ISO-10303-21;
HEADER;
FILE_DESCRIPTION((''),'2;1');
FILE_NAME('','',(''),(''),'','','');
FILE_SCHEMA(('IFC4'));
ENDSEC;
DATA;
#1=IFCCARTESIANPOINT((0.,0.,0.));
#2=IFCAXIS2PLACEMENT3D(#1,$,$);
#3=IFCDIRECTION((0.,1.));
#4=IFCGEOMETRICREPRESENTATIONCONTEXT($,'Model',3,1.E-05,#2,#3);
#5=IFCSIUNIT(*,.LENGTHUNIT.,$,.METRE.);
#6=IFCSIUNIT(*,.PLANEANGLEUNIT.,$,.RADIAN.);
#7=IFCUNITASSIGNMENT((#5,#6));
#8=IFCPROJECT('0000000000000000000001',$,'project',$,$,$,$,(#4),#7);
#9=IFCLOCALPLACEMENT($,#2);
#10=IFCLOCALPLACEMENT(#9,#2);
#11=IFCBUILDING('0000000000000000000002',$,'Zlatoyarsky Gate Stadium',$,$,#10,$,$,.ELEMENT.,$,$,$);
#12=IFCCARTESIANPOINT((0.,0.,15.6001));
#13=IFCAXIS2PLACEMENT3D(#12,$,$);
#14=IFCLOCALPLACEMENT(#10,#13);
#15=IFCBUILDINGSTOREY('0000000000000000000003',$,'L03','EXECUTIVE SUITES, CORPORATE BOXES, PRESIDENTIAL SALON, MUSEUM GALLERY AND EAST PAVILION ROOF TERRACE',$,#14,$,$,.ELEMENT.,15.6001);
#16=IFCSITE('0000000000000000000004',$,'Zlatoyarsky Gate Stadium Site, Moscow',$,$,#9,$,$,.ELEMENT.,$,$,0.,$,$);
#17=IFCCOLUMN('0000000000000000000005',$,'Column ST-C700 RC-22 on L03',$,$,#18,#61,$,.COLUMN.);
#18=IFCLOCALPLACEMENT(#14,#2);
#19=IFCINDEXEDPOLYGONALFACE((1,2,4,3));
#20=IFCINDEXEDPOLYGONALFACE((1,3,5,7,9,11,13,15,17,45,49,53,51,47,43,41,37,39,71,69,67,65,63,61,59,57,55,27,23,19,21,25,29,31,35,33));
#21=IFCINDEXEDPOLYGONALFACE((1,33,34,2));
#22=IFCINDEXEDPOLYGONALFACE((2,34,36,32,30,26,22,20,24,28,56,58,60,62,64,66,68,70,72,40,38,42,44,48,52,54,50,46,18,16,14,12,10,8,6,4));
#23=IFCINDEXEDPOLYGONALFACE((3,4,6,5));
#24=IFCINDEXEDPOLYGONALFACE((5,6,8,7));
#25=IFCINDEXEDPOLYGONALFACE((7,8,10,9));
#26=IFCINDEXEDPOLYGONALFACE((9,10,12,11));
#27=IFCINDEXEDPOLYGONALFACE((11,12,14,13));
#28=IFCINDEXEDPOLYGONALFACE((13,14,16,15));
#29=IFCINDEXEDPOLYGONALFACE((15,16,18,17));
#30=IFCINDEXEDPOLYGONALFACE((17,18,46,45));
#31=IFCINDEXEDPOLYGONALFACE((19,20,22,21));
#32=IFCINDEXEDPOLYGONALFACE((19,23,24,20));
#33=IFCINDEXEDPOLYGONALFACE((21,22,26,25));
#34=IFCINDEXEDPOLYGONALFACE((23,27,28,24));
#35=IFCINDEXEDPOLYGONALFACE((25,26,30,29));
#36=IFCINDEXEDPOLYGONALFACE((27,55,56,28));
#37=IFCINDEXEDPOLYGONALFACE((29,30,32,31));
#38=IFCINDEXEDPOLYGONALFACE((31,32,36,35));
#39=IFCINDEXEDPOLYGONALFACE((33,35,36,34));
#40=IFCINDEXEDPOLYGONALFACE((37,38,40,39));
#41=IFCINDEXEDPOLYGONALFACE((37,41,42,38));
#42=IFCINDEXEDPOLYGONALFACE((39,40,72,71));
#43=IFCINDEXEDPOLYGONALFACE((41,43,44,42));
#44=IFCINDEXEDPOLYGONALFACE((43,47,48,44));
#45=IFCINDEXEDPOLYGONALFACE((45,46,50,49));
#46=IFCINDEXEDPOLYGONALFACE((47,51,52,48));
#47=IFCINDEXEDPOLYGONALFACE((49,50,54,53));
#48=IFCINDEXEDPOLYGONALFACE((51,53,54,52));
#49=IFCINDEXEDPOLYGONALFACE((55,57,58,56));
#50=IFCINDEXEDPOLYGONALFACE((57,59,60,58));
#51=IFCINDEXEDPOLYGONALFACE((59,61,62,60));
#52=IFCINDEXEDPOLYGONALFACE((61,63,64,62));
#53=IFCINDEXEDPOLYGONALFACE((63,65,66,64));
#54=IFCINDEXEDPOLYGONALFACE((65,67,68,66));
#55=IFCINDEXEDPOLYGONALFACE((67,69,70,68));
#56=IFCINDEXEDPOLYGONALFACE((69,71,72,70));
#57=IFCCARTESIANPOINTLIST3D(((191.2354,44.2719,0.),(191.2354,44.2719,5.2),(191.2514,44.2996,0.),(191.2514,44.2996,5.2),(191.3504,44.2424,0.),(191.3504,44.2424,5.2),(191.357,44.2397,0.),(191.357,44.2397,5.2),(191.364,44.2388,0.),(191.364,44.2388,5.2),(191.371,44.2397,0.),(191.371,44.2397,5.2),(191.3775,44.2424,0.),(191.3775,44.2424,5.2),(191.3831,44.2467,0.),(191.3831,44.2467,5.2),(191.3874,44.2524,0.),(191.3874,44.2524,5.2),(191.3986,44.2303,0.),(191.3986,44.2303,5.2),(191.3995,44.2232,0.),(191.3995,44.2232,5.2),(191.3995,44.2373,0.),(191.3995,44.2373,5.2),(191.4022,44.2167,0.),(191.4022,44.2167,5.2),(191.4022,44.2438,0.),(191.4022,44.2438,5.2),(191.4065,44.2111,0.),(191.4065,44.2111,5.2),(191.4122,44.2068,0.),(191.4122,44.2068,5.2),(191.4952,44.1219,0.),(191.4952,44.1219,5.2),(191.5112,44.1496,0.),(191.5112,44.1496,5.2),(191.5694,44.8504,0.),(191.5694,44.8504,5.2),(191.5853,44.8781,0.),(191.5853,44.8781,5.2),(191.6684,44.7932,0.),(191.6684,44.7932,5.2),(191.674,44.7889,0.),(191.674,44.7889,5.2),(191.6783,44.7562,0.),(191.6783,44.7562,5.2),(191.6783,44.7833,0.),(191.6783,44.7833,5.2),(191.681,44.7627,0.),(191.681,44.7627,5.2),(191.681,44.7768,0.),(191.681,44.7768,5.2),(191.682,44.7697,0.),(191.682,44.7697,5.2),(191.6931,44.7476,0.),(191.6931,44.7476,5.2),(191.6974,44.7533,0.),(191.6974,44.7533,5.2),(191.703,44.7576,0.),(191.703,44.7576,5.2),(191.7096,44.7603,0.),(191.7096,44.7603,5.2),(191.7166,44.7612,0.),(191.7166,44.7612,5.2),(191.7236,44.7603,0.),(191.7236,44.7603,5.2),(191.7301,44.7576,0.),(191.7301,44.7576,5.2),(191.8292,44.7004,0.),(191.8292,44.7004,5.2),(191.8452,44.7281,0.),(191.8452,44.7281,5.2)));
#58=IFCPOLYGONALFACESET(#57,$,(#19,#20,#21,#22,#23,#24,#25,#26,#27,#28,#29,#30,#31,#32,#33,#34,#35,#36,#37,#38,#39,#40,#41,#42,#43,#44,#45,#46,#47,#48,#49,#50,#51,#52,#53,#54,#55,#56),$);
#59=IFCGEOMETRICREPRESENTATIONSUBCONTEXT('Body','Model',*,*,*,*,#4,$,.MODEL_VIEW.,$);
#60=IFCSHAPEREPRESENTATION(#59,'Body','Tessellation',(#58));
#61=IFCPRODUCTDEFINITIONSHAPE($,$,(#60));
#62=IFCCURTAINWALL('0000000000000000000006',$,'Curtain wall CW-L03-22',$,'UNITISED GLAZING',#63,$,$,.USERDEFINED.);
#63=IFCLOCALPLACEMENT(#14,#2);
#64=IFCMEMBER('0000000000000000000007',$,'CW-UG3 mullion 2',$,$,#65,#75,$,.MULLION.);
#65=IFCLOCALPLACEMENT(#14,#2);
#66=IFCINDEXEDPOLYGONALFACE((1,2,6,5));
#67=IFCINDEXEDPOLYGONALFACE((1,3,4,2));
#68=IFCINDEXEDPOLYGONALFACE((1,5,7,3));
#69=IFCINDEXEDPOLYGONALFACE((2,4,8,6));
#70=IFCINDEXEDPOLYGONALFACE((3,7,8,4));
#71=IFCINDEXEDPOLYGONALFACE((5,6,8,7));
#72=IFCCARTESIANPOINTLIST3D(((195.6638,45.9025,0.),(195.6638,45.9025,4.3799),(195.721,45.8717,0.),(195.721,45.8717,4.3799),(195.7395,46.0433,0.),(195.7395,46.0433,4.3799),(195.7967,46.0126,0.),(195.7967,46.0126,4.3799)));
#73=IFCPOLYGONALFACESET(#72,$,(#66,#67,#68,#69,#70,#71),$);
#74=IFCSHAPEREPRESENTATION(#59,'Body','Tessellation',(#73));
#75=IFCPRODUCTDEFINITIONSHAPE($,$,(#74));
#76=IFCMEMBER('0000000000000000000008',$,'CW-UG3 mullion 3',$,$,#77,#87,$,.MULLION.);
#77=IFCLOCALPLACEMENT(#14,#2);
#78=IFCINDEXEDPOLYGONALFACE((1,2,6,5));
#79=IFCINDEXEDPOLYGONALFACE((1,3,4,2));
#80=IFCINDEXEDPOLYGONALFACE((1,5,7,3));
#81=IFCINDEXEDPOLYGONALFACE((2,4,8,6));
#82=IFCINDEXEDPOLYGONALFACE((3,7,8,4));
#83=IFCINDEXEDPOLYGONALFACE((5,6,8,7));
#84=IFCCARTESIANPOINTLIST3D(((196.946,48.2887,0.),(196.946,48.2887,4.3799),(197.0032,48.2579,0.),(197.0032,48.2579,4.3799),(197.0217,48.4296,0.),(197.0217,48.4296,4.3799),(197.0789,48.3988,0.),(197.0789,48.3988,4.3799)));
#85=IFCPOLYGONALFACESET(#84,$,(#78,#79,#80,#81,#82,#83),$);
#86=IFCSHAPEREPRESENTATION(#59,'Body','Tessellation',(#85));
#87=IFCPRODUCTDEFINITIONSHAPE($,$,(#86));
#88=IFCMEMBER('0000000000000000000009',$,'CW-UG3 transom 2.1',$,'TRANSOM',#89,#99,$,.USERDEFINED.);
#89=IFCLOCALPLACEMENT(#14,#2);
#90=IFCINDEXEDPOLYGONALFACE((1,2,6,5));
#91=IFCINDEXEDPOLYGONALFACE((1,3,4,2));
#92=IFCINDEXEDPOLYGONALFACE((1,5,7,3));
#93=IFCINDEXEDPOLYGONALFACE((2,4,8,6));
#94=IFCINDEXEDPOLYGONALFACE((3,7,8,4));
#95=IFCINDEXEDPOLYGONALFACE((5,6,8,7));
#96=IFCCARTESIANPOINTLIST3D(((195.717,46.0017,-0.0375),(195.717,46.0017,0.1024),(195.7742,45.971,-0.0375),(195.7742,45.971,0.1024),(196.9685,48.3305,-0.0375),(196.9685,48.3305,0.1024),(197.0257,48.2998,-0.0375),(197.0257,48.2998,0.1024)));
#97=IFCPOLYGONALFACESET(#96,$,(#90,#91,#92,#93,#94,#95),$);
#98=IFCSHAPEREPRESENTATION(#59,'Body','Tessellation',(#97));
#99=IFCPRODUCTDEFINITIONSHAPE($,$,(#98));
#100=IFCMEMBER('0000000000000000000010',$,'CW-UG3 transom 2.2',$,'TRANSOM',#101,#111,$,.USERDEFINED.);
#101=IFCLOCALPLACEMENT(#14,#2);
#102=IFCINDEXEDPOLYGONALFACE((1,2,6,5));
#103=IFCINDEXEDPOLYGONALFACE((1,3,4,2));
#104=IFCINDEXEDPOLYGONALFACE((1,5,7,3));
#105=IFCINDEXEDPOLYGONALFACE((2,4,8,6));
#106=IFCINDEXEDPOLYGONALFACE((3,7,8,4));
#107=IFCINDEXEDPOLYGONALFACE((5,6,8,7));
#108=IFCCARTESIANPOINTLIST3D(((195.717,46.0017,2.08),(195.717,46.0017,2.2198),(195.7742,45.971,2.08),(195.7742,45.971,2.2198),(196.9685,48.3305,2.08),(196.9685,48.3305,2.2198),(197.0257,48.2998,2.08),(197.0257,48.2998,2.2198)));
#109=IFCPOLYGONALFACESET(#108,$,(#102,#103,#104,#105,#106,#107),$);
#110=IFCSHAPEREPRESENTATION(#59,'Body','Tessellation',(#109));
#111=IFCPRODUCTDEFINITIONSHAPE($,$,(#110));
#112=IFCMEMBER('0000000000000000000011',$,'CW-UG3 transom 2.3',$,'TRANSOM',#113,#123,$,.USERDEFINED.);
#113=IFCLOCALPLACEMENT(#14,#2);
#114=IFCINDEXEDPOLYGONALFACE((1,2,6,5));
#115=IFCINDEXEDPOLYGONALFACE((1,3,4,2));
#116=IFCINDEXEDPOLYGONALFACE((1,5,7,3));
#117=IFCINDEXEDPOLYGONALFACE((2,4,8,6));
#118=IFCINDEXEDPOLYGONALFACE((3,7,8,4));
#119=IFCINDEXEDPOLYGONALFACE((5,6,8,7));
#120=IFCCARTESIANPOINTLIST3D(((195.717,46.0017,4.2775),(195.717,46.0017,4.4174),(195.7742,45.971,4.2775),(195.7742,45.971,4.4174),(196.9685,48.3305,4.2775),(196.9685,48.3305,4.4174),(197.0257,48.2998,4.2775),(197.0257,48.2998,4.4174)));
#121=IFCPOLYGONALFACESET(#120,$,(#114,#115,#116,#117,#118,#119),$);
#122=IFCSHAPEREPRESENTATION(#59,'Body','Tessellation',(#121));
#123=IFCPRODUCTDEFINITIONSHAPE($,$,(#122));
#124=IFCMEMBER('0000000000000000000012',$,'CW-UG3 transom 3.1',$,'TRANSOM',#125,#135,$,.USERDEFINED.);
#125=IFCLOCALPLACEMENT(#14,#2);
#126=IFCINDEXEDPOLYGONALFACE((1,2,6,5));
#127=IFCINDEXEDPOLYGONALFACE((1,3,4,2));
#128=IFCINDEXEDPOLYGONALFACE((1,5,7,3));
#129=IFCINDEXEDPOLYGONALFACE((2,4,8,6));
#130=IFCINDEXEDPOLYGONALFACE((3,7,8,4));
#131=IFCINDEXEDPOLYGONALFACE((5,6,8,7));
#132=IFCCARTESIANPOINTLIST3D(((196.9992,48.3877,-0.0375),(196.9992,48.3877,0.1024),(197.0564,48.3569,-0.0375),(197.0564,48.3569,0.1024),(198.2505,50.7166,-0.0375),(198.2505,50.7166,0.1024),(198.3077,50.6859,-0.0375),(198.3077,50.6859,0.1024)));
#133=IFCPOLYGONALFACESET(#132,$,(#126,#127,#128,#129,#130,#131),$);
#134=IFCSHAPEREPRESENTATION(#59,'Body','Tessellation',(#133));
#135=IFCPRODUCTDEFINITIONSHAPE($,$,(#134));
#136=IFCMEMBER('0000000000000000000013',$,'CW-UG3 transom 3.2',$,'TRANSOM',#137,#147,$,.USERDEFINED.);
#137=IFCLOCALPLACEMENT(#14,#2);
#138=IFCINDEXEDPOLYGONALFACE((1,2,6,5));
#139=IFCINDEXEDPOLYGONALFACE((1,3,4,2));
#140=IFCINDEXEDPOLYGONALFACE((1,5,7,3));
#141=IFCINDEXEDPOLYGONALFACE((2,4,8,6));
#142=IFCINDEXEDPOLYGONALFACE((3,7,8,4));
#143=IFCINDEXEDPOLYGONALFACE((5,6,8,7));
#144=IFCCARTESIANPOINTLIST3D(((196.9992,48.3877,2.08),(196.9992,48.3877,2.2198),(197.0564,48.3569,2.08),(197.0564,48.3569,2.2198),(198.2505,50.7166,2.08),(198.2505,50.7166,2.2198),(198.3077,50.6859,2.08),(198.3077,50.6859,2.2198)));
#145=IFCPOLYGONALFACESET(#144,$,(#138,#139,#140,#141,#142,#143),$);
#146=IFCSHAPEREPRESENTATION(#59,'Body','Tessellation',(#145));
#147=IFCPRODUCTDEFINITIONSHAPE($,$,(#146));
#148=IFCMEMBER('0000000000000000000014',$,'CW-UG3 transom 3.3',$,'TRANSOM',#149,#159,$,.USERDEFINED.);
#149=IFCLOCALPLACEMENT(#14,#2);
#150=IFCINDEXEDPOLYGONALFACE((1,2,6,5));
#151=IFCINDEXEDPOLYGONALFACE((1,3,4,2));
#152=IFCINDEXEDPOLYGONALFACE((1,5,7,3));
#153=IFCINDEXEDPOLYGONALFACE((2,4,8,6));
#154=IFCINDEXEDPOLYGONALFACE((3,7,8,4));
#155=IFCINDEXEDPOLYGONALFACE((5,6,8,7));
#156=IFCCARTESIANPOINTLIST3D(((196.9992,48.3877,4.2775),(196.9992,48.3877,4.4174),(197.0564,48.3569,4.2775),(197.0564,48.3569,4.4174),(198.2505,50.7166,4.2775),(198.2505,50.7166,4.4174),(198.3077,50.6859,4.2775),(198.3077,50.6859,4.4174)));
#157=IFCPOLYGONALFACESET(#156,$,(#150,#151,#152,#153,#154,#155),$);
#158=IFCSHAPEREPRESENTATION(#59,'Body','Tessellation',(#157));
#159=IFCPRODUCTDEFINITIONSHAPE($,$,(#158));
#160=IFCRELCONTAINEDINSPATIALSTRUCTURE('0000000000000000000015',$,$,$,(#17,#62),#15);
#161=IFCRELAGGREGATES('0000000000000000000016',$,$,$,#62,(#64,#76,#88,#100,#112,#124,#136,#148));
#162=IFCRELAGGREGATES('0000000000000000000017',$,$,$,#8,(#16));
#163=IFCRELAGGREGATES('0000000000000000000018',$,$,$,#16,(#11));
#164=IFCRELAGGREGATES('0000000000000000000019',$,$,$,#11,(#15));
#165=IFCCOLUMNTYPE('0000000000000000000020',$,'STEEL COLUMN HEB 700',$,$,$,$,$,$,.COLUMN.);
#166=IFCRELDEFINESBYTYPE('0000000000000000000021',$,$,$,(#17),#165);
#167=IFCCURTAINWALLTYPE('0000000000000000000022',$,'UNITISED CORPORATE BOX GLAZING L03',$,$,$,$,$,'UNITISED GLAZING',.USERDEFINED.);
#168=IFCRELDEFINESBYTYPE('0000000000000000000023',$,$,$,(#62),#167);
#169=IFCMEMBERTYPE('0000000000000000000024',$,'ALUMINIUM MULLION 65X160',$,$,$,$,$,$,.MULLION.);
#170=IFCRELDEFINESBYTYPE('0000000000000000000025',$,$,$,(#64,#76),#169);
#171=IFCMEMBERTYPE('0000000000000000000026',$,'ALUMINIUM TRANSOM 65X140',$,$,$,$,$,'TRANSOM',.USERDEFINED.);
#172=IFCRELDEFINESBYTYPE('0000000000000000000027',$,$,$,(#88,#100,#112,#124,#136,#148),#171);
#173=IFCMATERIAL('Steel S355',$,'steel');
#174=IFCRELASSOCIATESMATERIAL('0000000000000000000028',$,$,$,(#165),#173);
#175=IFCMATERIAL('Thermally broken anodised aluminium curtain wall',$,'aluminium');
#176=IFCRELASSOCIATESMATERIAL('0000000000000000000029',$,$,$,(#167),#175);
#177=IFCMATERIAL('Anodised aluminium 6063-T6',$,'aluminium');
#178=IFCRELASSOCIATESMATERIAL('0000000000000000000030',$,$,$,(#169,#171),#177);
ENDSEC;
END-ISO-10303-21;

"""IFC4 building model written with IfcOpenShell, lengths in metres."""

from ifc_helpers import new_model, si_unit, direction, frame, origin, origin_2d, place, context, subcontext, project, spatial, rectangle, i_section, extrude, material, material_profile, profile_set, type_object, element, aggregate, save


model = new_model("IFC4")

# Units and contexts
model_context = context("Model", 3, precision=1e-05, world=origin(), true_north=direction((0.0, 1.0)))
body_context = subcontext(model_context, "Body", "Model", "MODEL_VIEW")
ifc_project = project(units=[si_unit("LENGTHUNIT", "METRE"), si_unit("PLANEANGLEUNIT", "RADIAN")], contexts=[model_context])

# Site, building, storey
site_placement = place(None, origin())
site = spatial("IfcSite", under=ifc_project, at=site_placement, Name="Zlatoyarsky Gate Stadium Site, Moscow", CompositionType="ELEMENT", RefElevation=0.0)
building_placement = place(site_placement, origin())
building = spatial("IfcBuilding", under=site, at=building_placement, Name="Zlatoyarsky Gate Stadium", CompositionType="ELEMENT")
storey_placement = place(building_placement, frame((0.0, 0.0, 15.6001)))
storey = spatial("IfcBuildingStorey", under=building, at=storey_placement, Name="L03", Description="EXECUTIVE SUITES, CORPORATE BOXES, PRESIDENTIAL SALON, MUSEUM GALLERY AND EAST PAVILION ROOF TERRACE", CompositionType="ELEMENT", Elevation=15.6001)

# Column
ifc_material_1 = material(Name="Steel S355", Category="steel")
ifc_material_profile_1 = material_profile(ifc_material_1, i_section(OverallWidth=0.3, OverallDepth=0.7, WebThickness=0.0171, FlangeThickness=0.032, FilletRadius=0.0271, at=origin_2d()), Name="HEB 700")
ifc_profile_set_1 = profile_set([ifc_material_profile_1], Name="Steel S355")
column_type = type_object("IfcColumnType", Name="STEEL COLUMN HEB 700", PredefinedType="COLUMN", material=ifc_profile_set_1)
column_placement = place(storey_placement, frame((191.5403, 44.5, 0.0), z_axis=(0.0, 0.0, 1.0), x_axis=(0.866025, -0.5, 0.0)))
element("IfcColumn", 1, at=column_placement, inside=storey, type_object=column_type, Name="Column ST-C700 RC-22 on L03", PredefinedType="COLUMN", context=body_context, shape_type="SweptSolid", body=[
    extrude(i_section(OverallWidth=0.3, OverallDepth=0.7, WebThickness=0.0171, FlangeThickness=0.032, FilletRadius=0.0271, at=origin_2d()), origin(), (0.0, 0.0, 1.0), 5.2),
])

# Curtain wall, members
ifc_material_2 = material(Name="Thermally broken anodised aluminium curtain wall", Category="aluminium")
curtain_wall_type = type_object("IfcCurtainWallType", Name="UNITISED CORPORATE BOX GLAZING L03", ElementType="UNITISED GLAZING", PredefinedType="USERDEFINED", material=ifc_material_2)
curtain_wall_placement = place(storey_placement, origin())
curtain_wall = element("IfcCurtainWall", 2, at=curtain_wall_placement, inside=storey, type_object=curtain_wall_type, Name="Curtain wall CW-L03-22", ObjectType="UNITISED GLAZING", PredefinedType="USERDEFINED")
ifc_material_3 = material(Name="Anodised aluminium 6063-T6", Category="aluminium")
ifc_material_profile_2 = material_profile(ifc_material_3, rectangle(XDim=0.0649, YDim=0.1599, at=origin_2d()), Name="ALU 65X160")
ifc_profile_set_2 = profile_set([ifc_material_profile_2], Name="Anodised aluminium 6063-T6")
member_type_1 = type_object("IfcMemberType", Name="ALUMINIUM MULLION 65X160", PredefinedType="MULLION", material=ifc_profile_set_2)
member_1_placement = place(storey_placement, frame((195.7302, 45.9575, 0.0), z_axis=(0.0, 0.0, 1.0), x_axis=(-0.880877, 0.473345, 0.0)))
member_1 = element("IfcMember", 3, at=member_1_placement, type_object=member_type_1, Name="CW-UG3 mullion 2", PredefinedType="MULLION", context=body_context, shape_type="SweptSolid", body=[
    extrude(rectangle(XDim=0.0649, YDim=0.1599, at=origin_2d()), origin(), (0.0, 0.0, 1.0), 4.3799),
])
member_2_placement = place(storey_placement, frame((197.0125, 48.3438, 0.0), z_axis=(0.0, 0.0, 1.0), x_axis=(-0.880877, 0.473345, 0.0)))
member_2 = element("IfcMember", 4, at=member_2_placement, type_object=member_type_1, Name="CW-UG3 mullion 3", PredefinedType="MULLION", context=body_context, shape_type="SweptSolid", body=[
    extrude(rectangle(XDim=0.0649, YDim=0.1599, at=origin_2d()), origin(), (0.0, 0.0, 1.0), 4.3799),
])
ifc_material_profile_3 = material_profile(ifc_material_3, rectangle(XDim=0.0649, YDim=0.1399, at=origin_2d()), Name="ALU 65X140")
ifc_profile_set_3 = profile_set([ifc_material_profile_3], Name="Anodised aluminium 6063-T6")
member_type_2 = type_object("IfcMemberType", Name="ALUMINIUM TRANSOM 65X140", ElementType="TRANSOM", PredefinedType="USERDEFINED", material=ifc_profile_set_3)
member_3_placement = place(storey_placement, frame((195.7456, 45.9863, 0.0325), z_axis=(0.473356, 0.880871, 0.0), x_axis=(-0.880871, 0.473356, 0.0)))
member_3 = element("IfcMember", 5, at=member_3_placement, type_object=member_type_2, Name="CW-UG3 transom 2.1", ObjectType="TRANSOM", PredefinedType="USERDEFINED", context=body_context, shape_type="SweptSolid", body=[
    extrude(rectangle(XDim=0.0649, YDim=0.1399, at=origin_2d()), origin(), (0.0, 0.0, 1.0), 2.6438),
])
member_4_placement = place(storey_placement, frame((195.7456, 45.9863, 2.1499), z_axis=(0.473356, 0.880871, 0.0), x_axis=(-0.880871, 0.473356, 0.0)))
member_4 = element("IfcMember", 6, at=member_4_placement, type_object=member_type_2, Name="CW-UG3 transom 2.2", ObjectType="TRANSOM", PredefinedType="USERDEFINED", context=body_context, shape_type="SweptSolid", body=[
    extrude(rectangle(XDim=0.0649, YDim=0.1399, at=origin_2d()), origin(), (0.0, 0.0, 1.0), 2.6438),
])
member_5_placement = place(storey_placement, frame((195.7456, 45.9863, 4.3474), z_axis=(0.473356, 0.880871, 0.0), x_axis=(-0.880871, 0.473356, 0.0)))
member_5 = element("IfcMember", 7, at=member_5_placement, type_object=member_type_2, Name="CW-UG3 transom 2.3", ObjectType="TRANSOM", PredefinedType="USERDEFINED", context=body_context, shape_type="SweptSolid", body=[
    extrude(rectangle(XDim=0.0649, YDim=0.1399, at=origin_2d()), origin(), (0.0, 0.0, 1.0), 2.6438),
])
member_6_placement = place(storey_placement, frame((197.0278, 48.3723, 0.0325), z_axis=(0.473285, 0.88091, 0.0), x_axis=(-0.88091, 0.473285, 0.0)))
member_6 = element("IfcMember", 8, at=member_6_placement, type_object=member_type_2, Name="CW-UG3 transom 3.1", ObjectType="TRANSOM", PredefinedType="USERDEFINED", context=body_context, shape_type="SweptSolid", body=[
    extrude(rectangle(XDim=0.0649, YDim=0.1399, at=origin_2d()), origin(), (0.0, 0.0, 1.0), 2.6438),
])
member_7_placement = place(storey_placement, frame((197.0278, 48.3723, 2.1499), z_axis=(0.473285, 0.88091, 0.0), x_axis=(-0.88091, 0.473285, 0.0)))
member_7 = element("IfcMember", 9, at=member_7_placement, type_object=member_type_2, Name="CW-UG3 transom 3.2", ObjectType="TRANSOM", PredefinedType="USERDEFINED", context=body_context, shape_type="SweptSolid", body=[
    extrude(rectangle(XDim=0.0649, YDim=0.1399, at=origin_2d()), origin(), (0.0, 0.0, 1.0), 2.6438),
])
member_8_placement = place(storey_placement, frame((197.0278, 48.3723, 4.3474), z_axis=(0.473285, 0.88091, 0.0), x_axis=(-0.88091, 0.473285, 0.0)))
member_8 = element("IfcMember", 10, at=member_8_placement, type_object=member_type_2, Name="CW-UG3 transom 3.3", ObjectType="TRANSOM", PredefinedType="USERDEFINED", context=body_context, shape_type="SweptSolid", body=[
    extrude(rectangle(XDim=0.0649, YDim=0.1399, at=origin_2d()), origin(), (0.0, 0.0, 1.0), 2.6438),
])

aggregate(curtain_wall, [member_1, member_2, member_3, member_4, member_5, member_6, member_7, member_8])

save(model, "model.ifc")
